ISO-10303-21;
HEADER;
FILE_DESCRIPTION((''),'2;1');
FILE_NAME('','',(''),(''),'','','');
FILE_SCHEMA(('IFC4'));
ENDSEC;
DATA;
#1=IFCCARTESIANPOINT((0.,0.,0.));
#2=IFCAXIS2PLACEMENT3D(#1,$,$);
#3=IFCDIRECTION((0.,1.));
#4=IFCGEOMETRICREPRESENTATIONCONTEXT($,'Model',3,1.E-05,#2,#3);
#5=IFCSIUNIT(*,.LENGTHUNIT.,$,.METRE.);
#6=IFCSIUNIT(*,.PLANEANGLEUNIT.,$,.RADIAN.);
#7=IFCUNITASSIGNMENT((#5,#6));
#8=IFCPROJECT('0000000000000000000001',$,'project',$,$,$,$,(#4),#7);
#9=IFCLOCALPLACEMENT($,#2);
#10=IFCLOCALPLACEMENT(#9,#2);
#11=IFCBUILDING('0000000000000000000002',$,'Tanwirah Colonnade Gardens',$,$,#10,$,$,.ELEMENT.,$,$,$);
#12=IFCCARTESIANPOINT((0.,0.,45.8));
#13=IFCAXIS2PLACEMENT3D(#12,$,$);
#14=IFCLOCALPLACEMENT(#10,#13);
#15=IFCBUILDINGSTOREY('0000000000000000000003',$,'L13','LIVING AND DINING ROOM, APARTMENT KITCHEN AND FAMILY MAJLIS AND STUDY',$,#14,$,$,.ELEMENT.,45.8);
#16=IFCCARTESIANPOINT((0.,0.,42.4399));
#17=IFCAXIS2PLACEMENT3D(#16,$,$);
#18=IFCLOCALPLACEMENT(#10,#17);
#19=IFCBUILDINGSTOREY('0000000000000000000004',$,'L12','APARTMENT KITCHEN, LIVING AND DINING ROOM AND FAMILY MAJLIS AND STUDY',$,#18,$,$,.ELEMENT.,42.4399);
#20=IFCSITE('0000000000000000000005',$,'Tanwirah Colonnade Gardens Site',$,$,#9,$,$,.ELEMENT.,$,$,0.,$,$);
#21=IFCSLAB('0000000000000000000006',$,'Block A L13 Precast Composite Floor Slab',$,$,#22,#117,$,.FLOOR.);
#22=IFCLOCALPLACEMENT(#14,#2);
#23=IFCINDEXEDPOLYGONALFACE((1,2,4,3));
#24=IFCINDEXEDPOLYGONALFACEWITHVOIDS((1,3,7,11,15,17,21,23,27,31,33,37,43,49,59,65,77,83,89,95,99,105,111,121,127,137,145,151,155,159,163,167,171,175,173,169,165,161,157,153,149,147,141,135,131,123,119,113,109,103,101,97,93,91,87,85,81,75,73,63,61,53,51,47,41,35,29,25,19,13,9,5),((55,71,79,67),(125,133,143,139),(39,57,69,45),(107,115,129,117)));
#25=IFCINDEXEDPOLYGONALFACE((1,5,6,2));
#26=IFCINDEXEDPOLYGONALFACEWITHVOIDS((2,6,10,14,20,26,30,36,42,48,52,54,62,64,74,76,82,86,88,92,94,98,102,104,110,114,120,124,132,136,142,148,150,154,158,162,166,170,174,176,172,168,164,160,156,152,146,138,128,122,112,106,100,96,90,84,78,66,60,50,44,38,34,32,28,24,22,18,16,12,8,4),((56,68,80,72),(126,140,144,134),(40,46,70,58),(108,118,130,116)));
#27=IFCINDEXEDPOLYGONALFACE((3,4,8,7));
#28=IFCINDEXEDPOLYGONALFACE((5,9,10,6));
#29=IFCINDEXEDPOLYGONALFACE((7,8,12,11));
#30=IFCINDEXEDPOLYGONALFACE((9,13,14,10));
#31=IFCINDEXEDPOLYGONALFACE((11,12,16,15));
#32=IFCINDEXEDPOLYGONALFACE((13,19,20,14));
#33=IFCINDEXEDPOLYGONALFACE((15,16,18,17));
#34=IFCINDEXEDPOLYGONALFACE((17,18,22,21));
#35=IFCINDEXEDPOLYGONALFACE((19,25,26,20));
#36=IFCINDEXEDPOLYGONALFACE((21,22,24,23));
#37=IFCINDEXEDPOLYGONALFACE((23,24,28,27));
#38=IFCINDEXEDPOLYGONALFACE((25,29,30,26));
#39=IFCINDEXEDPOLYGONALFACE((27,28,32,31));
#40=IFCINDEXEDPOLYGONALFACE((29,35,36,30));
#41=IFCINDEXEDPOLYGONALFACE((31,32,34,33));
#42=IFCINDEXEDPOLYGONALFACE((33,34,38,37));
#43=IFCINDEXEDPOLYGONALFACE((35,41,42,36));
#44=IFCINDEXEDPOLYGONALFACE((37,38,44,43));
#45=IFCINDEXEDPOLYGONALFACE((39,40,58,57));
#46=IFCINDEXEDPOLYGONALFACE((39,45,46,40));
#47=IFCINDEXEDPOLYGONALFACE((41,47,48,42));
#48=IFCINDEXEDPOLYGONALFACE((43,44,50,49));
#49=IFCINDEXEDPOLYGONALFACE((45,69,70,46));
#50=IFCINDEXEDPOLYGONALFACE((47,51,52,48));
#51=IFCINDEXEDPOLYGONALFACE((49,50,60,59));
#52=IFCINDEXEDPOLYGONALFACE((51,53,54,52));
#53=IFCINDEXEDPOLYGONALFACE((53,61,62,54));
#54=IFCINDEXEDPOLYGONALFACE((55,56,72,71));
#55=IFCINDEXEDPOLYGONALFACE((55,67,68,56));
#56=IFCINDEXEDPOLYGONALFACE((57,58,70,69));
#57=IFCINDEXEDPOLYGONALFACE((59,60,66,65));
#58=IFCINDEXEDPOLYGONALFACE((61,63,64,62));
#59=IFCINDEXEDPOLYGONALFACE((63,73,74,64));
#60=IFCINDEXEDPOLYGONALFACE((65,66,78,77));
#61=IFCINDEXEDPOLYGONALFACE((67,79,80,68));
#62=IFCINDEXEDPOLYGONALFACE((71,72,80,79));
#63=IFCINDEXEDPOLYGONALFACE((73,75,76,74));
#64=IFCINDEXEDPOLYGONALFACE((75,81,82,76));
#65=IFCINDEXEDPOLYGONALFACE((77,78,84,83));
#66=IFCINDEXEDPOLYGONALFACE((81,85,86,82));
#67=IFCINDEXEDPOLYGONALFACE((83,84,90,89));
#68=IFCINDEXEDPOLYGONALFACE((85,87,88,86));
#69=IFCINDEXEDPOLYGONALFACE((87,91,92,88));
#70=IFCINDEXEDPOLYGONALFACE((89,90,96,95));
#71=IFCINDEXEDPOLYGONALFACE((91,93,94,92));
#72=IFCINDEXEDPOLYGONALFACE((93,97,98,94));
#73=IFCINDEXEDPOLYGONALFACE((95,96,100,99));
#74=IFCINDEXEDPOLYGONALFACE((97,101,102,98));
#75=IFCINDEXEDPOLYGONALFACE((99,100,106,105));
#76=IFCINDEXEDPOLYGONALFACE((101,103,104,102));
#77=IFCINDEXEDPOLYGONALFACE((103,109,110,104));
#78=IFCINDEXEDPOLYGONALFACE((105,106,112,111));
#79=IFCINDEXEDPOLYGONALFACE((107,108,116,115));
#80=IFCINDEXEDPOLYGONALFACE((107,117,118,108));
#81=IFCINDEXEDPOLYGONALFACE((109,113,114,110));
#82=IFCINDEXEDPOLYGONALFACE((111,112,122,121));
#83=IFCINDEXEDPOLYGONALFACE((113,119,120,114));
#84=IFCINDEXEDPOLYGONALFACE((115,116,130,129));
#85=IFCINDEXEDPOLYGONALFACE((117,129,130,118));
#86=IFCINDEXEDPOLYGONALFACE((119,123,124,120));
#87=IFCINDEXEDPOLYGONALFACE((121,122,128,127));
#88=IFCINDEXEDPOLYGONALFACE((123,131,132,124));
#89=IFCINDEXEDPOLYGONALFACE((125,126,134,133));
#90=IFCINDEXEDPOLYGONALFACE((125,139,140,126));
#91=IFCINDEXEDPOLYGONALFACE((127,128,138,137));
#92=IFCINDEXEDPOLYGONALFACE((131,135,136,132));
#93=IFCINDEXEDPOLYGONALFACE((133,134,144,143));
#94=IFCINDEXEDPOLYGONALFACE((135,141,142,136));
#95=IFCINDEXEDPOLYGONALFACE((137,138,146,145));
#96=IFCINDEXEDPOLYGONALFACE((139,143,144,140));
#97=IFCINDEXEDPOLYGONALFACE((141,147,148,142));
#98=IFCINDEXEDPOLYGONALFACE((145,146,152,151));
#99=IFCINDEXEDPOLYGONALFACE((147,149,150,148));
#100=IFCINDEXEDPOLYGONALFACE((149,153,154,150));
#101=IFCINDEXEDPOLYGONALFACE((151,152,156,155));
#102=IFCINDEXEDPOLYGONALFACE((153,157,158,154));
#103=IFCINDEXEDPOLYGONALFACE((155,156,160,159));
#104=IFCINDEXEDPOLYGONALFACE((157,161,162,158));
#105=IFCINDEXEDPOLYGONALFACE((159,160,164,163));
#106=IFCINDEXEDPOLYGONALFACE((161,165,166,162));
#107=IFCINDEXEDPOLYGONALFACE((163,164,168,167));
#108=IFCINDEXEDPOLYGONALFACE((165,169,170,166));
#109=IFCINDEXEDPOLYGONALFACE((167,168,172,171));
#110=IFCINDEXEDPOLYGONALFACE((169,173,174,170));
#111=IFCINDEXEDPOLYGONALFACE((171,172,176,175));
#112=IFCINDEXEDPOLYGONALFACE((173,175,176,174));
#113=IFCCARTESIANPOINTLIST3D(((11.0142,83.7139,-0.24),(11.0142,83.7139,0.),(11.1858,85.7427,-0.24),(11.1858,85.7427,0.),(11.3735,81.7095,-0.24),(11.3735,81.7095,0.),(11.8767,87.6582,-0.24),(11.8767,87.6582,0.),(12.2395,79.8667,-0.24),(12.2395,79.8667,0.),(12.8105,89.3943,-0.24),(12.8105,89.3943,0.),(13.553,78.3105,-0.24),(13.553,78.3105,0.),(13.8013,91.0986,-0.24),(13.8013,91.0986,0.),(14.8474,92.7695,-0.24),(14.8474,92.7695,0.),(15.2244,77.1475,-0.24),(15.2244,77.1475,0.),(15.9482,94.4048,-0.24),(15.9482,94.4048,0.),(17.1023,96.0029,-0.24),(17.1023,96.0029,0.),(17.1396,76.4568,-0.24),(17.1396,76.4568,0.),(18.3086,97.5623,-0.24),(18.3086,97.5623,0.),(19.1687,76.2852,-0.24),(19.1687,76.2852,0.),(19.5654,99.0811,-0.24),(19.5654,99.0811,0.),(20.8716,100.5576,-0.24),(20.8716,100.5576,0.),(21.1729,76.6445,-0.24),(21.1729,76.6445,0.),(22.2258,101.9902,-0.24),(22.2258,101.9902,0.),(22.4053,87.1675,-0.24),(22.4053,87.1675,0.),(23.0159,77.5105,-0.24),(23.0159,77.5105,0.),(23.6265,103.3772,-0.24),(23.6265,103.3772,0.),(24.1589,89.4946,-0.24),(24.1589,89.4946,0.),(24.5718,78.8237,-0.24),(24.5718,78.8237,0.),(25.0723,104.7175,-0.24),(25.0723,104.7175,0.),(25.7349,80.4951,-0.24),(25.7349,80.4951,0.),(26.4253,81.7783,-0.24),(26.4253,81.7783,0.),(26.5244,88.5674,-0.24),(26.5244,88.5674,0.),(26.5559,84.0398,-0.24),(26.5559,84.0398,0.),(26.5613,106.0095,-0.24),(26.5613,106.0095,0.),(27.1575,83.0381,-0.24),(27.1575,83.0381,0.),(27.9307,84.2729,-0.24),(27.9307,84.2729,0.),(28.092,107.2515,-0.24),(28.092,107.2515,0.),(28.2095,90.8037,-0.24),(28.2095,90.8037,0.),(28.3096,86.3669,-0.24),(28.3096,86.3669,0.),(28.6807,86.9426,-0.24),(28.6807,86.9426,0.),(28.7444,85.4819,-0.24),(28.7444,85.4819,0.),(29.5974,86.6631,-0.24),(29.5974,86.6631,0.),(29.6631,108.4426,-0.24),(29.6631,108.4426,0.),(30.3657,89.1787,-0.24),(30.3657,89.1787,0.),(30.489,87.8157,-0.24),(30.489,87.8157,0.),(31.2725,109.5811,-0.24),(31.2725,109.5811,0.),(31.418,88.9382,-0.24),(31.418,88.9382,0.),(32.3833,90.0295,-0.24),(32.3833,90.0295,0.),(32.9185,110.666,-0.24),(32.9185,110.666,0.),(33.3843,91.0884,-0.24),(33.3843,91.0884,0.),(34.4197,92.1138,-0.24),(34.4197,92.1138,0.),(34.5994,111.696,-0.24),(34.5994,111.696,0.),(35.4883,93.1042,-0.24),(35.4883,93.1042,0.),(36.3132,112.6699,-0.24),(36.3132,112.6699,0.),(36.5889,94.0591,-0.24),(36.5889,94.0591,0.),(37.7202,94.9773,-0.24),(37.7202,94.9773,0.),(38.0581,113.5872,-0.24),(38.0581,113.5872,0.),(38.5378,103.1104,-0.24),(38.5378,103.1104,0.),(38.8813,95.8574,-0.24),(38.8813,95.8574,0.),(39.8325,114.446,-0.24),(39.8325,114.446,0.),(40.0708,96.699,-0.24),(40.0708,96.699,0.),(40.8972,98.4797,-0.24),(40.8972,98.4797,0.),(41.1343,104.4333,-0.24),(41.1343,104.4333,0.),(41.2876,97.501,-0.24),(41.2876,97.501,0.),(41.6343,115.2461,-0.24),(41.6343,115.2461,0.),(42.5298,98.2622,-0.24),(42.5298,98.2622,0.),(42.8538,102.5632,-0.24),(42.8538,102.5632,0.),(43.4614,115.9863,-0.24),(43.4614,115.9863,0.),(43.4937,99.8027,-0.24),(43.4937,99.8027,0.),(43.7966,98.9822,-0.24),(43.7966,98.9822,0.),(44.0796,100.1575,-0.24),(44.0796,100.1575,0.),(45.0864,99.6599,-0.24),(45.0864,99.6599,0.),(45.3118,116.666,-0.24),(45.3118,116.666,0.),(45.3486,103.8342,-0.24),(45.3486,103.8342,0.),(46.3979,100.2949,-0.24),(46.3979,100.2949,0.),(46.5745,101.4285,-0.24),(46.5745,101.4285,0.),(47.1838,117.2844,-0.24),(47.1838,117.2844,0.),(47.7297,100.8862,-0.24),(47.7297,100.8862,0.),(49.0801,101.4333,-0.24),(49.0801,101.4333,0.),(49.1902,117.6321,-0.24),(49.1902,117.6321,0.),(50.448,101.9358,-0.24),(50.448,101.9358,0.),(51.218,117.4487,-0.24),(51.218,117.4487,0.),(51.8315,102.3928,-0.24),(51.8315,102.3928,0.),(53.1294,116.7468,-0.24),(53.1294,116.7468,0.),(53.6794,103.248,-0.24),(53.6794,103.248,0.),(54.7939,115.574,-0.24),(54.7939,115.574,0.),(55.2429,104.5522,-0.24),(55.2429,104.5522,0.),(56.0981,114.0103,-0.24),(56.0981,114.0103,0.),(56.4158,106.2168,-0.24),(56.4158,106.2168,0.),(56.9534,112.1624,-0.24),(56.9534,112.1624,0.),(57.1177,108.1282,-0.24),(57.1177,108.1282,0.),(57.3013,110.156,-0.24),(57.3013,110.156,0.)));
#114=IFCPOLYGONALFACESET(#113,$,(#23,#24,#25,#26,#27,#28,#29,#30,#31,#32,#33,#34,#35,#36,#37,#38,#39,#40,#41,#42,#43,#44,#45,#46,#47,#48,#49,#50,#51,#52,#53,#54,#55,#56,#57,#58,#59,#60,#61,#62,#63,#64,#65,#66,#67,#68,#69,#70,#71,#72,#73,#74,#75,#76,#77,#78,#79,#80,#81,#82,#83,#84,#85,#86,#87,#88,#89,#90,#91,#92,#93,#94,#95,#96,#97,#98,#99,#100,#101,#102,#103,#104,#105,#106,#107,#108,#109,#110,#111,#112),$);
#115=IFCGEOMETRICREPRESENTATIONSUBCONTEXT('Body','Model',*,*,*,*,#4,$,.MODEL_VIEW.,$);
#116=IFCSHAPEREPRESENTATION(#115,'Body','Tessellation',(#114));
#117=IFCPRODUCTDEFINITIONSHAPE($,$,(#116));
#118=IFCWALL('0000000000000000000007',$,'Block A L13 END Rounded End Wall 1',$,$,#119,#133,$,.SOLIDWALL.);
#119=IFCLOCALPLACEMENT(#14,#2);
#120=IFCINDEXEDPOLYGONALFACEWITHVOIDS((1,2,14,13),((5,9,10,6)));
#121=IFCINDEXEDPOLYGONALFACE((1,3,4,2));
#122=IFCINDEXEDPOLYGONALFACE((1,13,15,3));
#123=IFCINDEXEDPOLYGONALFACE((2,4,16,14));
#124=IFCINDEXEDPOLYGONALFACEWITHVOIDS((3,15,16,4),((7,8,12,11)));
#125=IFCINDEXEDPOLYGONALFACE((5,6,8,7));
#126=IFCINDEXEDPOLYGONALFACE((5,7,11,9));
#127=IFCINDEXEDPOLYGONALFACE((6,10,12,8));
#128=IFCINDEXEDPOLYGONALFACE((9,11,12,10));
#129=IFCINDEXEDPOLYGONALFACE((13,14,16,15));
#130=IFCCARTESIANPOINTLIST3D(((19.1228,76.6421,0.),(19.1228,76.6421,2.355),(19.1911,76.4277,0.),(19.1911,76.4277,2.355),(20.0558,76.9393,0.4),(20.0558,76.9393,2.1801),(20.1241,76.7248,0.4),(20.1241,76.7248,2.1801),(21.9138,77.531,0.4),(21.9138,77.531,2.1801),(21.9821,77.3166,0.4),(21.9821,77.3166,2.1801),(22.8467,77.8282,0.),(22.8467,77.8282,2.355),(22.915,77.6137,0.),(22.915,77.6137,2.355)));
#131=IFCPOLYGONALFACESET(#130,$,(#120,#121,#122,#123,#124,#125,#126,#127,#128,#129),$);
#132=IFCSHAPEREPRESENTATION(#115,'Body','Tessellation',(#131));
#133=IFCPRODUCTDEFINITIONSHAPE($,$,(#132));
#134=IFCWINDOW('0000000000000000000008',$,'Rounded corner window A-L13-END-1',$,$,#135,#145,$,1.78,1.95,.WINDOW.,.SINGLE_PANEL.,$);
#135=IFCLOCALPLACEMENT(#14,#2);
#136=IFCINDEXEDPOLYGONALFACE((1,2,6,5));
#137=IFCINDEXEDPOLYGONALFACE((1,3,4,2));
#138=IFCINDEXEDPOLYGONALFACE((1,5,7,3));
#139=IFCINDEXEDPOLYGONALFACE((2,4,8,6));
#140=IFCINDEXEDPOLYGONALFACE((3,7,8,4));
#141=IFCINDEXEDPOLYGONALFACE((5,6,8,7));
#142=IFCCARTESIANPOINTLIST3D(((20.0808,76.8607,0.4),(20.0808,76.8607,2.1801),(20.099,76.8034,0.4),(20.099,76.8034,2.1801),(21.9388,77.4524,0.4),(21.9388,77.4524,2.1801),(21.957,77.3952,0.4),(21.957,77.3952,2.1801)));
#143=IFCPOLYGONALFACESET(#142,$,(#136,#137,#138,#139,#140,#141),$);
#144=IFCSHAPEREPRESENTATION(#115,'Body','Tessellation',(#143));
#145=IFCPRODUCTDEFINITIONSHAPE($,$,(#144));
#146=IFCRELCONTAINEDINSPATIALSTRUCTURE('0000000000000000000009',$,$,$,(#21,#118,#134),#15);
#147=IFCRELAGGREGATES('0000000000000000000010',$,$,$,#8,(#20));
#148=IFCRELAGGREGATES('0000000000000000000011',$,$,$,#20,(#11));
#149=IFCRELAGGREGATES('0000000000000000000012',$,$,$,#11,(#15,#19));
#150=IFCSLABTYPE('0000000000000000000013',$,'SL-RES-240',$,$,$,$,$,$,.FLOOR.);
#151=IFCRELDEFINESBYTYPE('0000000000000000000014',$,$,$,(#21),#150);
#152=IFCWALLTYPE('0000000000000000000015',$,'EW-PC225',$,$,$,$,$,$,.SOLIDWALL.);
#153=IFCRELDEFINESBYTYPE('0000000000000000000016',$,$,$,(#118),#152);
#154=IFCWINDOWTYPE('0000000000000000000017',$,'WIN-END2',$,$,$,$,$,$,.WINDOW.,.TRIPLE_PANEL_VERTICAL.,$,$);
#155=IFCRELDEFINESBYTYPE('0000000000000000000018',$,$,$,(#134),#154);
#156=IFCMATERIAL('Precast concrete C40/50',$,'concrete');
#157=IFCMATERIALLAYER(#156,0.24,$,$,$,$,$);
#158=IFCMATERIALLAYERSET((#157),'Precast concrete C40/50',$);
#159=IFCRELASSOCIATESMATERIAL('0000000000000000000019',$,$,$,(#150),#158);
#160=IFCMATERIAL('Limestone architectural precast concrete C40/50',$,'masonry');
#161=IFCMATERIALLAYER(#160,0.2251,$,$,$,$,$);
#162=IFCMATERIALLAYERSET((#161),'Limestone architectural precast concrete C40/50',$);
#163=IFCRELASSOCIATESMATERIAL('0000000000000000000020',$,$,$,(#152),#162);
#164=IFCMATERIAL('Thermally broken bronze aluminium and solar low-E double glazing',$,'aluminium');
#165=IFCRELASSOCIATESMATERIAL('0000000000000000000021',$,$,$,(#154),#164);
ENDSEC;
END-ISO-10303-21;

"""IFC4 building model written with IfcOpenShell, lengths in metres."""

from ifc_helpers import new_model, si_unit, direction, frame, frame_2d, origin, place, context, subcontext, project, spatial, polyline, rectangle, outline, extrude, material, layer, layer_set, type_object, element, fill, save


model = new_model("IFC4")

# Units and contexts
model_context = context("Model", 3, precision=1e-05, world=origin(), true_north=direction((0.0, 1.0)))
body_context = subcontext(model_context, "Body", "Model", "MODEL_VIEW")
ifc_project = project(units=[si_unit("LENGTHUNIT", "METRE"), si_unit("PLANEANGLEUNIT", "RADIAN")], contexts=[model_context])

# Site, building, storey
site_placement = place(None, origin())
site = spatial("IfcSite", under=ifc_project, at=site_placement, Name="Tanwirah Colonnade Gardens Site", CompositionType="ELEMENT", RefElevation=0.0)
building_placement = place(site_placement, origin())
building = spatial("IfcBuilding", under=site, at=building_placement, Name="Tanwirah Colonnade Gardens", CompositionType="ELEMENT")
storey_1_placement = place(building_placement, frame((0.0, 0.0, 45.8)))
storey_1 = spatial("IfcBuildingStorey", under=building, at=storey_1_placement, Name="L13", Description="LIVING AND DINING ROOM, APARTMENT KITCHEN AND FAMILY MAJLIS AND STUDY", CompositionType="ELEMENT", Elevation=45.8)

# Shared definitions
ifc_material_1 = material(Name="Precast concrete C40/50", Category="concrete")

# Shared definitions
storey_2_placement = place(building_placement, frame((0.0, 0.0, 42.4399)))
storey_2 = spatial("IfcBuildingStorey", under=building, at=storey_2_placement, Name="L12", Description="APARTMENT KITCHEN, LIVING AND DINING ROOM AND FAMILY MAJLIS AND STUDY", CompositionType="ELEMENT", Elevation=42.4399)

# Shared definitions
ifc_material_2 = material(Name="Thermally broken bronze aluminium and solar low-E double glazing", Category="aluminium")

# Slab
ifc_layer_1 = layer(ifc_material_1, 0.24)
ifc_layer_set_1 = layer_set([ifc_layer_1], Name="Precast concrete C40/50")
slab_type_1 = type_object("IfcSlabType", Name="SL-RES-240", PredefinedType="FLOOR", material=ifc_layer_set_1)
slab_1_placement = place(storey_1_placement, frame((0.0, 0.0, -0.24)))
element("IfcSlab", 1, at=slab_1_placement, inside=storey_1, type_object=slab_type_1, Name="Block A L13 Precast Composite Floor Slab", PredefinedType="FLOOR", context=body_context, shape_type="SweptSolid", body=[
    extrude(outline(polyline([(49.0801, 101.4333), (50.448, 101.9358), (51.8315, 102.3928), (53.6794, 103.248), (55.2429, 104.5522), (56.4158, 106.2168), (57.1177, 108.1282), (57.3013, 110.156), (56.9534, 112.1624), (56.0981, 114.0103), (54.7939, 115.574), (53.1294, 116.7468), (51.218, 117.4487), (49.1902, 117.6321), (47.1838, 117.2844), (45.3118, 116.666), (43.4614, 115.9863), (41.6343, 115.2461), (39.8325, 114.446), (38.0581, 113.5872), (36.3132, 112.6699), (34.5994, 111.696), (32.9185, 110.666), (31.2725, 109.5811), (29.6631, 108.4426), (28.092, 107.2515), (26.5613, 106.0095), (25.0723, 104.7175), (23.6265, 103.3772), (22.2258, 101.9902), (20.8716, 100.5576), (19.5654, 99.0811), (18.3086, 97.5623), (17.1023, 96.0029), (15.9482, 94.4048), (14.8474, 92.7695), (13.8013, 91.0986), (12.8105, 89.3943), (11.8767, 87.6582), (11.1858, 85.7427), (11.0142, 83.7139), (11.3735, 81.7095), (12.2395, 79.8667), (13.553, 78.3105), (15.2244, 77.1475), (17.1396, 76.4568), (19.1687, 76.2852), (21.1729, 76.6445), (23.0159, 77.5105), (24.5718, 78.8237), (25.7349, 80.4951), (26.4253, 81.7783), (27.1575, 83.0381), (27.9307, 84.2729), (28.7444, 85.4819), (29.5974, 86.6631), (30.489, 87.8157), (31.418, 88.9382), (32.3833, 90.0295), (33.3843, 91.0884), (34.4197, 92.1138), (35.4883, 93.1042), (36.5889, 94.0591), (37.7202, 94.9773), (38.8813, 95.8574), (40.0708, 96.699), (41.2876, 97.501), (42.5298, 98.2622), (43.7966, 98.9822), (45.0864, 99.6599), (46.3979, 100.2949), (47.7297, 100.8862), (49.0801, 101.4333)]), holes=[polyline([(41.1343, 104.4333), (43.4937, 99.8027), (40.8972, 98.4797), (38.5378, 103.1104), (41.1343, 104.4333)]), polyline([(46.5745, 101.4285), (44.0796, 100.1575), (42.8538, 102.5632), (45.3486, 103.8342), (46.5745, 101.4285)]), polyline([(26.5559, 84.0398), (22.4053, 87.1675), (24.1589, 89.4946), (28.3096, 86.3669), (26.5559, 84.0398)]), polyline([(26.5244, 88.5674), (28.2095, 90.8037), (30.3657, 89.1787), (28.6807, 86.9426), (26.5244, 88.5674)])]), origin(), (0.0, 0.0, 1.0), 0.24),
])

# Wall, opening, window
ifc_material_3 = material(Name="Limestone architectural precast concrete C40/50", Category="masonry")
ifc_layer_2 = layer(ifc_material_3, 0.2251)
ifc_layer_set_2 = layer_set([ifc_layer_2], Name="Limestone architectural precast concrete C40/50")
wall_type_1 = type_object("IfcWallType", Name="EW-PC225", PredefinedType="SOLIDWALL", material=ifc_layer_set_2)
wall_1_placement = place(storey_1_placement, frame((22.8809, 77.7209, 0.0), z_axis=(0.0, 0.0, 1.0), x_axis=(-0.95284, -0.303474, 0.0)))
wall_1 = element("IfcWall", 2, at=wall_1_placement, inside=storey_1, type_object=wall_type_1, Name="Block A L13 END Rounded End Wall 1", PredefinedType="SOLIDWALL", context=body_context, shape_type="SweptSolid", body=[
    extrude(rectangle(XDim=3.9082, YDim=0.2251, at=frame_2d((1.9541, 0.0))), origin(), (0.0, 0.0, 1.0), 2.355),
])
opening_1_placement = place(wall_1_placement, frame((0.979, 0.0, 0.3999)))
opening_1 = element("IfcOpeningElement", 3, at=opening_1_placement, cuts=wall_1, PredefinedType="OPENING", context=body_context, shape_type="SweptSolid", body=[
    extrude(rectangle(XDim=1.95, YDim=1.78, at=frame_2d((0.9751, 0.8901))), frame((0.0, 0.1226, 0.0), z_axis=(0.0, -1.0, 0.0), x_axis=(1.0, 0.0, 0.0)), (0.0, 0.0, 1.0), 0.2451),
])
window_type_1 = type_object("IfcWindowType", Name="WIN-END2", PartitioningType="TRIPLE_PANEL_VERTICAL", PredefinedType="WINDOW", material=ifc_material_2)
window_1_placement = place(opening_1_placement, origin())
window_1 = element("IfcWindow", 4, at=window_1_placement, inside=storey_1, type_object=window_type_1, Name="Rounded corner window A-L13-END-1", OverallHeight=1.78, OverallWidth=1.95, PartitioningType="SINGLE_PANEL", PredefinedType="WINDOW", context=body_context, shape_type="SweptSolid", body=[
    extrude(rectangle(XDim=1.95, YDim=1.78, at=frame_2d((0.9751, 0.8901))), frame((0.0, 0.03, 0.0), z_axis=(0.0, -1.0, 0.0), x_axis=(1.0, 0.0, 0.0)), (0.0, 0.0, 1.0), 0.0601),
])
fill(opening_1, window_1)

save(model, "model.ifc")
